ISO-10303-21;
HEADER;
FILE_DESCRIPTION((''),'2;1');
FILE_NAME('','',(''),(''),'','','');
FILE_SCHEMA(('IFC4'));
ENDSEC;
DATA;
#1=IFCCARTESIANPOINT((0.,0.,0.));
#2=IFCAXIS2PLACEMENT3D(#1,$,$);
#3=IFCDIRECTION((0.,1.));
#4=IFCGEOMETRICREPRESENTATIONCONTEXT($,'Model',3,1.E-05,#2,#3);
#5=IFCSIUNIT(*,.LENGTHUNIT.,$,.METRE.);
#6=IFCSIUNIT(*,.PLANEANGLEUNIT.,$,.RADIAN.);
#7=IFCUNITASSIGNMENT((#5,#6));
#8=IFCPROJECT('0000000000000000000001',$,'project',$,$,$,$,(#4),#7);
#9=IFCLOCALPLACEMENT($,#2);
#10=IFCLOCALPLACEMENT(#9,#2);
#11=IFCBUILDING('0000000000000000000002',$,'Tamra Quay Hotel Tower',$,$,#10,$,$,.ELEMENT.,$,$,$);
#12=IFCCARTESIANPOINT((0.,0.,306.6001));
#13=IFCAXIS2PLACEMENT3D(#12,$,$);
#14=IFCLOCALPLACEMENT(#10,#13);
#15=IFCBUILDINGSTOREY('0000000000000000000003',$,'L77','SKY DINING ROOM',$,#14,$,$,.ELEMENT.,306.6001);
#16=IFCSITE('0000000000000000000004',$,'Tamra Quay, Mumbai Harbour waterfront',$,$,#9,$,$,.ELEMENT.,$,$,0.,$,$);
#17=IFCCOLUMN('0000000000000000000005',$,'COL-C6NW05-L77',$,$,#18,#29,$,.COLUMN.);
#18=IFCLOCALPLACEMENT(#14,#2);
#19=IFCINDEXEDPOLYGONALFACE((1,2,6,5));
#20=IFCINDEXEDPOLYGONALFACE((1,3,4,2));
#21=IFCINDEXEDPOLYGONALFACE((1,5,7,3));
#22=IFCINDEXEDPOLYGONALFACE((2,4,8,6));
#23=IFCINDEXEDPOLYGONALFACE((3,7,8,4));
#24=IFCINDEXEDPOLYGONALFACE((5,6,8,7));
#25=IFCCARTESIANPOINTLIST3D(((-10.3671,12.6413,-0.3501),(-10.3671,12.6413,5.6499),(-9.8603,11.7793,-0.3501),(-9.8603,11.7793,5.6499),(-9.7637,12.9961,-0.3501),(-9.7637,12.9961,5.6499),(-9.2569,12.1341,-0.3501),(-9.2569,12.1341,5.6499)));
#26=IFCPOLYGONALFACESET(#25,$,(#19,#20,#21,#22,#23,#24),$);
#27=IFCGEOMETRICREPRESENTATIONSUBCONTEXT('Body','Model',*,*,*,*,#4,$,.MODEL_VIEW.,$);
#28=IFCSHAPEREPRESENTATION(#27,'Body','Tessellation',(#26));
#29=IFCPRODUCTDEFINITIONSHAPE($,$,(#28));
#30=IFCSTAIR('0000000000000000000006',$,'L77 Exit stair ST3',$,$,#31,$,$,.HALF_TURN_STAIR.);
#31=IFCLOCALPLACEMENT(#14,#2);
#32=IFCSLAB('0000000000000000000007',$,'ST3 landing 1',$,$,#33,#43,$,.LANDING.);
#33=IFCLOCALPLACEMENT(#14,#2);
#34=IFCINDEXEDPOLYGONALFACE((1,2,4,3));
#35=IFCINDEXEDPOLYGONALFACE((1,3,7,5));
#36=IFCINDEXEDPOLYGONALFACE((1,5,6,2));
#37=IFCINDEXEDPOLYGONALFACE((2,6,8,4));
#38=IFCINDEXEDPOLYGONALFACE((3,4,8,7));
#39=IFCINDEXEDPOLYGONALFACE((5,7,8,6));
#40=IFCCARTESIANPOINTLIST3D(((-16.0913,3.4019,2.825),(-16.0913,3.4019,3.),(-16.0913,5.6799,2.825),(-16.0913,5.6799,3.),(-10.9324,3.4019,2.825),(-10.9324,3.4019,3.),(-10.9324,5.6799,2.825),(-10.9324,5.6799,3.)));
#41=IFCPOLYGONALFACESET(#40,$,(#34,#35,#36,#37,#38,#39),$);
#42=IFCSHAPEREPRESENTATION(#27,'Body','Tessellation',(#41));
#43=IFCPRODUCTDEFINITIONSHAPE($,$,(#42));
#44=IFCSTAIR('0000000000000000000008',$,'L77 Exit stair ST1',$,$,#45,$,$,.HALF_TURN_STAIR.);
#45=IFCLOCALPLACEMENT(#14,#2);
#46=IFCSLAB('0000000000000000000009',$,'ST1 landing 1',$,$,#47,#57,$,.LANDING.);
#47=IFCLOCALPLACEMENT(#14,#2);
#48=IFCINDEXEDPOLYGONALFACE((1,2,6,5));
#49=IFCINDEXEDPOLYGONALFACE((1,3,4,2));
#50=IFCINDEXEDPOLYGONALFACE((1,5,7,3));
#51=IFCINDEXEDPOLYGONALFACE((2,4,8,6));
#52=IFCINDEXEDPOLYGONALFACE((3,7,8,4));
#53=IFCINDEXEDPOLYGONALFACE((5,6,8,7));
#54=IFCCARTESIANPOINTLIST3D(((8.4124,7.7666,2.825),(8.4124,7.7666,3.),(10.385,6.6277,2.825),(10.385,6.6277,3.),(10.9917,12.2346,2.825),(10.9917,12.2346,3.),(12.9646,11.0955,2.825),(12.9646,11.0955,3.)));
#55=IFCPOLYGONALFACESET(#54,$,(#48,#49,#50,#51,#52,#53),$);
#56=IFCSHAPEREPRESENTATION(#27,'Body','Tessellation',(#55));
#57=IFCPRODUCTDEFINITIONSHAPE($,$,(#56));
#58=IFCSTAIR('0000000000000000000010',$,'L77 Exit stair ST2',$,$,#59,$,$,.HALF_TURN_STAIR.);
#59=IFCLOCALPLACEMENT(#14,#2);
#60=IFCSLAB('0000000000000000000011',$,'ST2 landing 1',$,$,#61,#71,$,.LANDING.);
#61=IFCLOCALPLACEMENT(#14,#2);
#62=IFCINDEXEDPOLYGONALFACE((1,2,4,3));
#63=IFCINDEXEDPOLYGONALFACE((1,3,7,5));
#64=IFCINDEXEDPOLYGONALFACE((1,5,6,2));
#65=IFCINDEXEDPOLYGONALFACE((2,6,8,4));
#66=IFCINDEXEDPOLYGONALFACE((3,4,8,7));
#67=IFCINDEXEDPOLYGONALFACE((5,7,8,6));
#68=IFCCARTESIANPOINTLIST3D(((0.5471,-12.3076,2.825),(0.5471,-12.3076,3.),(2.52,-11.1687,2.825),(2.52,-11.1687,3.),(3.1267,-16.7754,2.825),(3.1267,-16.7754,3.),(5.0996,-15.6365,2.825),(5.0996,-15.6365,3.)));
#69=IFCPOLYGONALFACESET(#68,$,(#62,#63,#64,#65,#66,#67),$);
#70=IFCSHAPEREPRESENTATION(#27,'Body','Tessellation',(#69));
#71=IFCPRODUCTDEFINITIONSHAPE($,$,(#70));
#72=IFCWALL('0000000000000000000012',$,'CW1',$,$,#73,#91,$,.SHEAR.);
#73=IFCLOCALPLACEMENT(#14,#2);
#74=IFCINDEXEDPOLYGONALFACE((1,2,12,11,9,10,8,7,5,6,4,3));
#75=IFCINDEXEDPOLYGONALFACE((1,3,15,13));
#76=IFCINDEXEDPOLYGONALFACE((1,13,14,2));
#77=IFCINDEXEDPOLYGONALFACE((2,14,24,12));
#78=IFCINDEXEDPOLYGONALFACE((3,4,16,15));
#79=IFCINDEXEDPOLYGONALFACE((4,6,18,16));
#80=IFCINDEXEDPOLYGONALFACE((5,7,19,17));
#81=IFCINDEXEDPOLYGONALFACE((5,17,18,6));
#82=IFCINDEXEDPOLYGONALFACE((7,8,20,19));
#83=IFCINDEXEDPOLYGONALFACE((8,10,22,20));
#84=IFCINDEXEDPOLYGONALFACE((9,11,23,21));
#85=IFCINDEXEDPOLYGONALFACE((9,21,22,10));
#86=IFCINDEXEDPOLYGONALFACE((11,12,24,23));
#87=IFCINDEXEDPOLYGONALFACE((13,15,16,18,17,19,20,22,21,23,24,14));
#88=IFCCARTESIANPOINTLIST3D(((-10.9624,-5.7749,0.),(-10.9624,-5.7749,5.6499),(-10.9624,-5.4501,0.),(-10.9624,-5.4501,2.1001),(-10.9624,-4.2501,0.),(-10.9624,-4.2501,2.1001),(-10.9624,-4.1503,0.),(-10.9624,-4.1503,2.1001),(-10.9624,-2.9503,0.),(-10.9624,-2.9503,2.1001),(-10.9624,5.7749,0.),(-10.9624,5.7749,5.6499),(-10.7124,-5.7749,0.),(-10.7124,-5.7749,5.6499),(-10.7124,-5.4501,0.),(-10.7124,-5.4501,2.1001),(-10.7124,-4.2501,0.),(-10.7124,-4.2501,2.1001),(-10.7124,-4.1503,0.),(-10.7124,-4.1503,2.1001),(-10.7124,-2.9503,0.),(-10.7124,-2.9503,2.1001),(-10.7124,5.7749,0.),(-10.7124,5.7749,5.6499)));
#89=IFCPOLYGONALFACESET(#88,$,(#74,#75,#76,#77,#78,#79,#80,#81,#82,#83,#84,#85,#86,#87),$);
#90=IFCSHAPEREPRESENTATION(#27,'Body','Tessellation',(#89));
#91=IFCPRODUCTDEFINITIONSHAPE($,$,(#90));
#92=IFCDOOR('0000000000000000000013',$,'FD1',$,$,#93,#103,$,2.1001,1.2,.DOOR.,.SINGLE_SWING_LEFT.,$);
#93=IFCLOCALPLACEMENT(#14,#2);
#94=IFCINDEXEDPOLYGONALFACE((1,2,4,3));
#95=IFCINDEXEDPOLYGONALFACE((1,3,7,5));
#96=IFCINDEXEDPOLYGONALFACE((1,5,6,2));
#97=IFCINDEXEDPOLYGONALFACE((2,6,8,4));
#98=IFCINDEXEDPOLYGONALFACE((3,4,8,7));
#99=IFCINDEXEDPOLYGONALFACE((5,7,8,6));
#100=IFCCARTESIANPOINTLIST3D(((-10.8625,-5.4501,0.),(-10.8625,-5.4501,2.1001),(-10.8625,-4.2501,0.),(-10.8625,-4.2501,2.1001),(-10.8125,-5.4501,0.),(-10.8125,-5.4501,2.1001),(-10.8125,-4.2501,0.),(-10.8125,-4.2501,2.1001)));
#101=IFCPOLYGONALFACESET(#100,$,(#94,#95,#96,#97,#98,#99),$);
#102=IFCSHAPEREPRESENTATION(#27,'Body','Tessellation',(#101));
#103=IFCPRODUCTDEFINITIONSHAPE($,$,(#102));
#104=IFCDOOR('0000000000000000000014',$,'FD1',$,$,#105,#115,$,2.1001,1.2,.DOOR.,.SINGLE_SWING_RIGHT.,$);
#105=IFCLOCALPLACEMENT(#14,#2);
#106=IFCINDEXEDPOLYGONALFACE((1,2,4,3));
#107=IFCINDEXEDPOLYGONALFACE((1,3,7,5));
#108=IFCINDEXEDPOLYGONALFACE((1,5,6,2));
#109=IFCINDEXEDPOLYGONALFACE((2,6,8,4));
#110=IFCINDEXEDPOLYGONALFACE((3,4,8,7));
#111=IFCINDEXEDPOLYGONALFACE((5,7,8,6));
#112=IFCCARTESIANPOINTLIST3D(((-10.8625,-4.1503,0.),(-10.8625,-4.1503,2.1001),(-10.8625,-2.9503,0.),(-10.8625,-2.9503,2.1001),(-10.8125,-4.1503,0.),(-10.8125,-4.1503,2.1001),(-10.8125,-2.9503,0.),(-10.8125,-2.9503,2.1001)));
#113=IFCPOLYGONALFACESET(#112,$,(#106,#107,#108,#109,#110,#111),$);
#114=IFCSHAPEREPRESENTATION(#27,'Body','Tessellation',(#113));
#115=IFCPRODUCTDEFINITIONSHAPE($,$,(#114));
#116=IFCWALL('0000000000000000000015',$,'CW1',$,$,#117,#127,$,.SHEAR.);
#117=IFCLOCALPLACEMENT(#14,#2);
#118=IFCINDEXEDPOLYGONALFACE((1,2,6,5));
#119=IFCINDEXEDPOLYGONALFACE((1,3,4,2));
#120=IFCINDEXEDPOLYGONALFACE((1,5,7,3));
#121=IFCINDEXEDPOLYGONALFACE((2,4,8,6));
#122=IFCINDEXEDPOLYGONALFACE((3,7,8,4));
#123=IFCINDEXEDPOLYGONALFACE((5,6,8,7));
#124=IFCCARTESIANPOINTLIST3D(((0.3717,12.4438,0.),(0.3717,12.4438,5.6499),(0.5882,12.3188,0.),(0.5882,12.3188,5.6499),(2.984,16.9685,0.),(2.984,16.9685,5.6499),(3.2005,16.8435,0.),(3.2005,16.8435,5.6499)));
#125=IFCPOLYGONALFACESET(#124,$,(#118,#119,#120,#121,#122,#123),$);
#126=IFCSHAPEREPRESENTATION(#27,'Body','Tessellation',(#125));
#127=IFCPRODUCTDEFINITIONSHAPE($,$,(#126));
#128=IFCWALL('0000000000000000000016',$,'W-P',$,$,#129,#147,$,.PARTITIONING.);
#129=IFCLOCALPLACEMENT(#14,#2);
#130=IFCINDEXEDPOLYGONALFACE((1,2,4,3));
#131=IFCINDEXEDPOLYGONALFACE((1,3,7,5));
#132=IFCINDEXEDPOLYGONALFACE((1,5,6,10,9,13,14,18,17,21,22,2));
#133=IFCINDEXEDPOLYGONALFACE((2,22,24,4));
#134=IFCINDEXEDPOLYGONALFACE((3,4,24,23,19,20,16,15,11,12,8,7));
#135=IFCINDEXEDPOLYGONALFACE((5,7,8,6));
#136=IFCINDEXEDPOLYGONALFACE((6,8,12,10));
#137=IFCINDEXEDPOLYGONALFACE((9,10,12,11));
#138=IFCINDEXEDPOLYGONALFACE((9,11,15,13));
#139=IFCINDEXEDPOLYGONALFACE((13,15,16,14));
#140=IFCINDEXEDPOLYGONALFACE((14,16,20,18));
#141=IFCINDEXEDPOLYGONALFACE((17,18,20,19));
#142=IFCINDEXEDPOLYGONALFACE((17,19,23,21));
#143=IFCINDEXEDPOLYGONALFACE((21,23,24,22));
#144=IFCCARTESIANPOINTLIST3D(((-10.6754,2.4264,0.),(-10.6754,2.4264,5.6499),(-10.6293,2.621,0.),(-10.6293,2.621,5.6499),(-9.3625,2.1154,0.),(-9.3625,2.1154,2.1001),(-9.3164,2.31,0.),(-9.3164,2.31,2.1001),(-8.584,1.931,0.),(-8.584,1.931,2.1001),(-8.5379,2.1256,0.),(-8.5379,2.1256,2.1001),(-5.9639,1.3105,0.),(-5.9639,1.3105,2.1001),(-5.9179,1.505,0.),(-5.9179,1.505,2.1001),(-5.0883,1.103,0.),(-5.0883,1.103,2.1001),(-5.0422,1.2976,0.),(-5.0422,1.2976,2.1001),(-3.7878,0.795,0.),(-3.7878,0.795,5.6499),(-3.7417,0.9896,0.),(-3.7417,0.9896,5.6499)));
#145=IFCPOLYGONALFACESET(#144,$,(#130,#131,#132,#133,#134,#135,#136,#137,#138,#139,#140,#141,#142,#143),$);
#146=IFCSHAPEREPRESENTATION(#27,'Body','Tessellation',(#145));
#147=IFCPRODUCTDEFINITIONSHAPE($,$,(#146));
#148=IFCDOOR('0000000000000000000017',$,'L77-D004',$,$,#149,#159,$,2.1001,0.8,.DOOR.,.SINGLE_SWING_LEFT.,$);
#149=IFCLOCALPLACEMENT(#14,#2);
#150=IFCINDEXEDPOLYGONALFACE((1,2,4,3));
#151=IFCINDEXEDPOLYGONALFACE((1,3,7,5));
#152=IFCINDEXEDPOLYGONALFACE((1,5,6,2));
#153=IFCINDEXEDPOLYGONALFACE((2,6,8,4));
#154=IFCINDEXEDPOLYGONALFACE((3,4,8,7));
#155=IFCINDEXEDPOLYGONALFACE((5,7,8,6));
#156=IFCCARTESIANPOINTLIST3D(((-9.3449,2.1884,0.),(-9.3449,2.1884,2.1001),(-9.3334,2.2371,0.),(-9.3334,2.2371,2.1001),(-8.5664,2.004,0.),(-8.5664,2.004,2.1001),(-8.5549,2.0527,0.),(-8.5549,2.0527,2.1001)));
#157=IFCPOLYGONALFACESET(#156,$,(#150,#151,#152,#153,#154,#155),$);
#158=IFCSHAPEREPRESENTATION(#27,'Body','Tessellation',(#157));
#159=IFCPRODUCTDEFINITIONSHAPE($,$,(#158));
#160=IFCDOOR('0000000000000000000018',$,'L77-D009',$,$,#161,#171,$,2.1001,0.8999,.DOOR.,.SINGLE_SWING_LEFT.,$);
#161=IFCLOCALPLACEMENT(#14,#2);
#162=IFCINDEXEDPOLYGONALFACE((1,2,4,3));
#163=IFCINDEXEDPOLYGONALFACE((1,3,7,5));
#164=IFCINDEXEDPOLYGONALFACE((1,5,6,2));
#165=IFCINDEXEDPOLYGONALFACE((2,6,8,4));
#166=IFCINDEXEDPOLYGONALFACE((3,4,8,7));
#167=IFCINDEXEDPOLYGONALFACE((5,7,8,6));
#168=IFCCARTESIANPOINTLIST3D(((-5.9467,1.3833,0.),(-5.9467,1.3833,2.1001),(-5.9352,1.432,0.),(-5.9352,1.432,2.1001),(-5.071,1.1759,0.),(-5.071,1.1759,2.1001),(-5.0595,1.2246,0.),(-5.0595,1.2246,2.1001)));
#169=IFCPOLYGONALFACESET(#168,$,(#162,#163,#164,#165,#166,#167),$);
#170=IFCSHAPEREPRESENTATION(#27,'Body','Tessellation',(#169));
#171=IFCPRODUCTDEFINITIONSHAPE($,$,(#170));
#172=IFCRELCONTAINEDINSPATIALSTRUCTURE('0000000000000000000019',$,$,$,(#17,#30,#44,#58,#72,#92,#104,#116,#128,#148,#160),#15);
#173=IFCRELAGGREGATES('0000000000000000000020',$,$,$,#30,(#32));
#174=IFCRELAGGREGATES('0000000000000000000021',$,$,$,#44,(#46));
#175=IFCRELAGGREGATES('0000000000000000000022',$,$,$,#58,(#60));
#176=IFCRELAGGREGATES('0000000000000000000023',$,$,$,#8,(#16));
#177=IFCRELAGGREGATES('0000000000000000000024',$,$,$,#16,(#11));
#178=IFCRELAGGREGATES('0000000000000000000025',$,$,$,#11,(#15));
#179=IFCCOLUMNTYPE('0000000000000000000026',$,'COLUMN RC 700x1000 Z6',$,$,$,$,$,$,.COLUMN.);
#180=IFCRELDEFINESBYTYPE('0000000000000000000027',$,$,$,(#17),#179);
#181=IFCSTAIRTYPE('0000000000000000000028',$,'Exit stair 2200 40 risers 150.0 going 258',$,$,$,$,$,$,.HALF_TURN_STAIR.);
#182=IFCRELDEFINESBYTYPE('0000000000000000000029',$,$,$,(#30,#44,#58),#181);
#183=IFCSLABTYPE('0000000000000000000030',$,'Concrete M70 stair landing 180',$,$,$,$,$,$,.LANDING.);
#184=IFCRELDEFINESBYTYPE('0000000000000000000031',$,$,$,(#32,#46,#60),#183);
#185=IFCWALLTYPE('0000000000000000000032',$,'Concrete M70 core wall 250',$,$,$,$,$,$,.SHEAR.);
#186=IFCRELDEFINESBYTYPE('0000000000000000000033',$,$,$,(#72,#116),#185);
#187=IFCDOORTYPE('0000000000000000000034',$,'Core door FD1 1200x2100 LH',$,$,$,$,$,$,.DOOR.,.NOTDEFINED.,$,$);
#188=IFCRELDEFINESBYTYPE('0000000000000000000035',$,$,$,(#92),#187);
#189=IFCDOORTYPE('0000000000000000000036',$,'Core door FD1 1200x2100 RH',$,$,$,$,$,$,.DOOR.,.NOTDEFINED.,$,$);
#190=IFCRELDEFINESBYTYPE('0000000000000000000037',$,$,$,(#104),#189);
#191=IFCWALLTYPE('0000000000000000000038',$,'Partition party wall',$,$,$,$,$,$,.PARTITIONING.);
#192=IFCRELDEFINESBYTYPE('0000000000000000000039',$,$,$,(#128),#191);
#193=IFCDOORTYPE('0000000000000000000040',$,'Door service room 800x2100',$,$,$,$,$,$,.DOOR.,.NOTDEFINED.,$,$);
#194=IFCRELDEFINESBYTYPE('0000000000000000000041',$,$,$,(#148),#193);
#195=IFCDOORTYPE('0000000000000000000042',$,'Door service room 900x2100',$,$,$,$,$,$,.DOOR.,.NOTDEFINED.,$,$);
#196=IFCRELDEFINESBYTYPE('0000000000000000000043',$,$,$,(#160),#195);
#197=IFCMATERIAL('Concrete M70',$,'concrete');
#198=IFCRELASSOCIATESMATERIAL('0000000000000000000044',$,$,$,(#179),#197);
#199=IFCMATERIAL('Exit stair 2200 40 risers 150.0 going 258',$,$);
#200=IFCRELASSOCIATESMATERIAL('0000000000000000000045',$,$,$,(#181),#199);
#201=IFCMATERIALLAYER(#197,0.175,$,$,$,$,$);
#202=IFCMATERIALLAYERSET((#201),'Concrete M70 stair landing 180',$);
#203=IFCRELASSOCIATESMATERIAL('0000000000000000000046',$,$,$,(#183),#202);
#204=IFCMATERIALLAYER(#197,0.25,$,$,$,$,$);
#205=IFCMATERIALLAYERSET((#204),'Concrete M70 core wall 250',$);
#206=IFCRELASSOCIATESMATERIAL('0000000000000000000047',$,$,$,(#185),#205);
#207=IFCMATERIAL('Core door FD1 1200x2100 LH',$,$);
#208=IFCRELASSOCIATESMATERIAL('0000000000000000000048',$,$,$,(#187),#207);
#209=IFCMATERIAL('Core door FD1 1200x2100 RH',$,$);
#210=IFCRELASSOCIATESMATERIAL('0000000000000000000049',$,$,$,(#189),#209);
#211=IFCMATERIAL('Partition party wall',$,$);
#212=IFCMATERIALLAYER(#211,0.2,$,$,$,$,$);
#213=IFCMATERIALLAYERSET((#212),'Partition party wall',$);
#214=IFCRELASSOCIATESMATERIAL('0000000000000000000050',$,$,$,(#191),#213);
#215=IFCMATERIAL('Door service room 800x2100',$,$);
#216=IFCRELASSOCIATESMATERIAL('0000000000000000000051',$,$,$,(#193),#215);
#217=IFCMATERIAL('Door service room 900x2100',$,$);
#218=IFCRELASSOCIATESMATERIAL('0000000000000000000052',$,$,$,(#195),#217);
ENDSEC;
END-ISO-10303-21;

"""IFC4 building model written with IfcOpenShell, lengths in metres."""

from ifc_helpers import new_model, si_unit, direction, frame, frame_2d, origin, origin_2d, place, context, subcontext, project, spatial, polyline, rectangle, outline, extrude, material, layer, layer_set, material_profile, profile_set, type_object, element, fill, aggregate, save


model = new_model("IFC4")

# Units and contexts
model_context = context("Model", 3, precision=1e-05, world=origin(), true_north=direction((0.0, 1.0)))
body_context = subcontext(model_context, "Body", "Model", "MODEL_VIEW")
ifc_project = project(units=[si_unit("LENGTHUNIT", "METRE"), si_unit("PLANEANGLEUNIT", "RADIAN")], contexts=[model_context])

# Site, building, storey
site_placement = place(None, origin())
site = spatial("IfcSite", under=ifc_project, at=site_placement, Name="Tamra Quay, Mumbai Harbour waterfront", CompositionType="ELEMENT", RefElevation=0.0)
building_placement = place(site_placement, origin())
building = spatial("IfcBuilding", under=site, at=building_placement, Name="Tamra Quay Hotel Tower", CompositionType="ELEMENT")
storey_placement = place(building_placement, frame((0.0, 0.0, 306.6001)))
storey = spatial("IfcBuildingStorey", under=building, at=storey_placement, Name="L77", Description="SKY DINING ROOM", CompositionType="ELEMENT", Elevation=306.6001)

# Column
ifc_material_1 = material(Name="Concrete M70", Category="concrete")
ifc_material_profile = material_profile(ifc_material_1, rectangle(XDim=1.0, YDim=0.7, at=origin_2d()), Name="COLUMN RC 700x1000 Z6")
ifc_profile_set = profile_set([ifc_material_profile], Name="Concrete M70")
column_type = type_object("IfcColumnType", Name="COLUMN RC 700x1000 Z6", PredefinedType="COLUMN", material=ifc_profile_set)
column_placement = place(storey_placement, frame((-9.812, 12.3877, -0.3501), z_axis=(0.0, 0.0, 1.0), x_axis=(-0.506843, 0.862038, 0.0)))
element("IfcColumn", 1, at=column_placement, inside=storey, type_object=column_type, Name="COL-C6NW05-L77", PredefinedType="COLUMN", context=body_context, shape_type="SweptSolid", body=[
    extrude(rectangle(XDim=1.0, YDim=0.7, at=origin_2d()), origin(), (0.0, 0.0, 1.0), 6.0),
])

# Stairs, slabs
ifc_material_2 = material(Name="Exit stair 2200 40 risers 150.0 going 258")
stair_type = type_object("IfcStairType", Name="Exit stair 2200 40 risers 150.0 going 258", PredefinedType="HALF_TURN_STAIR", material=ifc_material_2)
stair_1_placement = place(storey_placement, origin())
stair_1 = element("IfcStair", 2, at=stair_1_placement, inside=storey, type_object=stair_type, Name="L77 Exit stair ST3", PredefinedType="HALF_TURN_STAIR")
ifc_layer_1 = layer(ifc_material_1, 0.175)
ifc_layer_set_1 = layer_set([ifc_layer_1], Name="Concrete M70 stair landing 180")
slab_type = type_object("IfcSlabType", Name="Concrete M70 stair landing 180", PredefinedType="LANDING", material=ifc_layer_set_1)
slab_1_placement = place(storey_placement, frame((0.0, 0.0, 2.825)))
slab_1 = element("IfcSlab", 3, at=slab_1_placement, type_object=slab_type, Name="ST3 landing 1", PredefinedType="LANDING", context=body_context, shape_type="SweptSolid", body=[
    extrude(outline(polyline([(-10.9324, 3.4019), (-10.9324, 5.6799), (-16.0913, 5.6799), (-16.0913, 3.4019), (-10.9324, 3.4019)])), origin(), (0.0, 0.0, 1.0), 0.175),
])
aggregate(stair_1, [slab_1])
stair_2_placement = place(storey_placement, origin())
stair_2 = element("IfcStair", 4, at=stair_2_placement, inside=storey, type_object=stair_type, Name="L77 Exit stair ST1", PredefinedType="HALF_TURN_STAIR")
slab_2_placement = place(storey_placement, frame((0.0, 0.0, 2.825)))
slab_2 = element("IfcSlab", 5, at=slab_2_placement, type_object=slab_type, Name="ST1 landing 1", PredefinedType="LANDING", context=body_context, shape_type="SweptSolid", body=[
    extrude(outline(polyline([(8.4124, 7.7666), (10.385, 6.6277), (12.9646, 11.0955), (10.9917, 12.2346), (8.4124, 7.7666)])), origin(), (0.0, 0.0, 1.0), 0.175),
])
aggregate(stair_2, [slab_2])
stair_3_placement = place(storey_placement, origin())
stair_3 = element("IfcStair", 6, at=stair_3_placement, inside=storey, type_object=stair_type, Name="L77 Exit stair ST2", PredefinedType="HALF_TURN_STAIR")
slab_3_placement = place(storey_placement, frame((0.0, 0.0, 2.825)))
slab_3 = element("IfcSlab", 7, at=slab_3_placement, type_object=slab_type, Name="ST2 landing 1", PredefinedType="LANDING", context=body_context, shape_type="SweptSolid", body=[
    extrude(outline(polyline([(2.52, -11.1687), (0.5471, -12.3076), (3.1267, -16.7754), (5.0996, -15.6365), (2.52, -11.1687)])), origin(), (0.0, 0.0, 1.0), 0.175),
])
aggregate(stair_3, [slab_3])

# Wall, openings, doors
ifc_layer_2 = layer(ifc_material_1, 0.25)
ifc_layer_set_2 = layer_set([ifc_layer_2], Name="Concrete M70 core wall 250")
wall_type_1 = type_object("IfcWallType", Name="Concrete M70 core wall 250", PredefinedType="SHEAR", material=ifc_layer_set_2)
wall_1_placement = place(storey_placement, frame((-10.8374, 5.7749, 0.0), z_axis=(0.0, 0.0, 1.0), x_axis=(0.0, -1.0, 0.0)))
wall_1 = element("IfcWall", 8, at=wall_1_placement, inside=storey, type_object=wall_type_1, Name="CW1", PredefinedType="SHEAR", context=body_context, shape_type="SweptSolid", body=[
    extrude(rectangle(XDim=11.5498, YDim=0.25, at=frame_2d((5.7749, 0.0))), origin(), (0.0, 0.0, 1.0), 5.6499),
])
opening_1_placement = place(wall_1_placement, frame((10.0249, 0.0, 0.0)))
opening_1 = element("IfcOpeningElement", 9, at=opening_1_placement, cuts=wall_1, PredefinedType="OPENING", context=body_context, shape_type="SweptSolid", body=[
    extrude(rectangle(XDim=1.2, YDim=2.1001, at=frame_2d((0.6001, 1.05))), frame((0.0, 0.135, 0.0), z_axis=(0.0, -1.0, 0.0), x_axis=(1.0, 0.0, 0.0)), (0.0, 0.0, 1.0), 0.27),
])
opening_2_placement = place(wall_1_placement, frame((8.7251, 0.0, 0.0)))
opening_2 = element("IfcOpeningElement", 10, at=opening_2_placement, cuts=wall_1, PredefinedType="OPENING", context=body_context, shape_type="SweptSolid", body=[
    extrude(rectangle(XDim=1.2, YDim=2.1001, at=frame_2d((0.6001, 1.05))), frame((0.0, 0.135, 0.0), z_axis=(0.0, -1.0, 0.0), x_axis=(1.0, 0.0, 0.0)), (0.0, 0.0, 1.0), 0.27),
])
ifc_material_3 = material(Name="Core door FD1 1200x2100 LH")
door_type_1 = type_object("IfcDoorType", Name="Core door FD1 1200x2100 LH", OperationType="NOTDEFINED", PredefinedType="DOOR", material=ifc_material_3)
door_1_placement = place(opening_1_placement, origin())
door_1 = element("IfcDoor", 11, at=door_1_placement, inside=storey, type_object=door_type_1, Name="FD1", OperationType="SINGLE_SWING_LEFT", OverallHeight=2.1001, OverallWidth=1.2, PredefinedType="DOOR", context=body_context, shape_type="SweptSolid", body=[
    extrude(rectangle(XDim=1.2, YDim=2.1001, at=frame_2d((0.6001, 1.05))), frame((0.0, 0.0249, 0.0), z_axis=(0.0, -1.0, 0.0), x_axis=(1.0, 0.0, 0.0)), (0.0, 0.0, 1.0), 0.05),
])
fill(opening_1, door_1)
ifc_material_4 = material(Name="Core door FD1 1200x2100 RH")
door_type_2 = type_object("IfcDoorType", Name="Core door FD1 1200x2100 RH", OperationType="NOTDEFINED", PredefinedType="DOOR", material=ifc_material_4)
door_2_placement = place(opening_2_placement, origin())
door_2 = element("IfcDoor", 12, at=door_2_placement, inside=storey, type_object=door_type_2, Name="FD1", OperationType="SINGLE_SWING_RIGHT", OverallHeight=2.1001, OverallWidth=1.2, PredefinedType="DOOR", context=body_context, shape_type="SweptSolid", body=[
    extrude(rectangle(XDim=1.2, YDim=2.1001, at=frame_2d((0.6001, 1.05))), frame((0.0, 0.0249, 0.0), z_axis=(0.0, -1.0, 0.0), x_axis=(1.0, 0.0, 0.0)), (0.0, 0.0, 1.0), 0.05),
])
fill(opening_2, door_2)

# Wall
wall_2_placement = place(storey_placement, frame((0.48, 12.3813, 0.0), z_axis=(0.0, 0.0, 1.0), x_axis=(0.499999, 0.866026, 0.0)))
element("IfcWall", 13, at=wall_2_placement, inside=storey, type_object=wall_type_1, Name="CW1", PredefinedType="SHEAR", context=body_context, shape_type="SweptSolid", body=[
    extrude(rectangle(XDim=5.2246, YDim=0.25, at=frame_2d((2.6123, 0.0))), origin(), (0.0, 0.0, 1.0), 5.6499),
])

# Wall, openings, doors
ifc_material_5 = material(Name="Partition party wall")
ifc_layer_3 = layer(ifc_material_5, 0.2)
ifc_layer_set_3 = layer_set([ifc_layer_3], Name="Partition party wall")
wall_type_2 = type_object("IfcWallType", Name="Partition party wall", PredefinedType="PARTITIONING", material=ifc_layer_set_3)
wall_3_placement = place(storey_placement, frame((-10.6523, 2.5237, 0.0), z_axis=(0.0, 0.0, 1.0), x_axis=(0.973077, -0.230481, 0.0)))
wall_3 = element("IfcWall", 14, at=wall_3_placement, inside=storey, type_object=wall_type_2, Name="W-P", PredefinedType="PARTITIONING", context=body_context, shape_type="SweptSolid", body=[
    extrude(rectangle(XDim=7.0781, YDim=0.2, at=frame_2d((3.5391, 0.0))), origin(), (0.0, 0.0, 1.0), 5.6499),
])
opening_3_placement = place(wall_3_placement, frame((1.3494, 0.0, 0.0)))
opening_3 = element("IfcOpeningElement", 15, at=opening_3_placement, cuts=wall_3, PredefinedType="OPENING", context=body_context, shape_type="SweptSolid", body=[
    extrude(rectangle(XDim=0.8, YDim=2.1001, at=frame_2d((0.3999, 1.05))), frame((0.0, 0.1099, 0.0), z_axis=(0.0, -1.0, 0.0), x_axis=(1.0, 0.0, 0.0)), (0.0, 0.0, 1.0), 0.22),
])
opening_4_placement = place(wall_3_placement, frame((4.8418, 0.0, 0.0)))
opening_4 = element("IfcOpeningElement", 16, at=opening_4_placement, cuts=wall_3, PredefinedType="OPENING", context=body_context, shape_type="SweptSolid", body=[
    extrude(rectangle(XDim=0.8999, YDim=2.1001, at=frame_2d((0.45, 1.05))), frame((0.0, 0.1099, 0.0), z_axis=(0.0, -1.0, 0.0), x_axis=(1.0, 0.0, 0.0)), (0.0, 0.0, 1.0), 0.22),
])
ifc_material_6 = material(Name="Door service room 800x2100")
door_type_3 = type_object("IfcDoorType", Name="Door service room 800x2100", OperationType="NOTDEFINED", PredefinedType="DOOR", material=ifc_material_6)
door_3_placement = place(opening_3_placement, frame((0.8, 0.0, 0.0), z_axis=(0.0, 0.0, 1.0), x_axis=(-1.0, 0.0, 0.0)))
door_3 = element("IfcDoor", 17, at=door_3_placement, inside=storey, type_object=door_type_3, Name="L77-D004", OperationType="SINGLE_SWING_LEFT", OverallHeight=2.1001, OverallWidth=0.8, PredefinedType="DOOR", context=body_context, shape_type="SweptSolid", body=[
    extrude(rectangle(XDim=0.8, YDim=2.1001, at=frame_2d((0.3999, 1.05))), frame((0.0, 0.0249, 0.0), z_axis=(0.0, -1.0, 0.0), x_axis=(1.0, 0.0, 0.0)), (0.0, 0.0, 1.0), 0.05),
])
fill(opening_3, door_3)
ifc_material_7 = material(Name="Door service room 900x2100")
door_type_4 = type_object("IfcDoorType", Name="Door service room 900x2100", OperationType="NOTDEFINED", PredefinedType="DOOR", material=ifc_material_7)
door_4_placement = place(opening_4_placement, origin())
door_4 = element("IfcDoor", 18, at=door_4_placement, inside=storey, type_object=door_type_4, Name="L77-D009", OperationType="SINGLE_SWING_LEFT", OverallHeight=2.1001, OverallWidth=0.8999, PredefinedType="DOOR", context=body_context, shape_type="SweptSolid", body=[
    extrude(rectangle(XDim=0.8999, YDim=2.1001, at=frame_2d((0.45, 1.05))), frame((0.0, 0.0249, 0.0), z_axis=(0.0, -1.0, 0.0), x_axis=(1.0, 0.0, 0.0)), (0.0, 0.0, 1.0), 0.05),
])
fill(opening_4, door_4)

save(model, "model.ifc")
